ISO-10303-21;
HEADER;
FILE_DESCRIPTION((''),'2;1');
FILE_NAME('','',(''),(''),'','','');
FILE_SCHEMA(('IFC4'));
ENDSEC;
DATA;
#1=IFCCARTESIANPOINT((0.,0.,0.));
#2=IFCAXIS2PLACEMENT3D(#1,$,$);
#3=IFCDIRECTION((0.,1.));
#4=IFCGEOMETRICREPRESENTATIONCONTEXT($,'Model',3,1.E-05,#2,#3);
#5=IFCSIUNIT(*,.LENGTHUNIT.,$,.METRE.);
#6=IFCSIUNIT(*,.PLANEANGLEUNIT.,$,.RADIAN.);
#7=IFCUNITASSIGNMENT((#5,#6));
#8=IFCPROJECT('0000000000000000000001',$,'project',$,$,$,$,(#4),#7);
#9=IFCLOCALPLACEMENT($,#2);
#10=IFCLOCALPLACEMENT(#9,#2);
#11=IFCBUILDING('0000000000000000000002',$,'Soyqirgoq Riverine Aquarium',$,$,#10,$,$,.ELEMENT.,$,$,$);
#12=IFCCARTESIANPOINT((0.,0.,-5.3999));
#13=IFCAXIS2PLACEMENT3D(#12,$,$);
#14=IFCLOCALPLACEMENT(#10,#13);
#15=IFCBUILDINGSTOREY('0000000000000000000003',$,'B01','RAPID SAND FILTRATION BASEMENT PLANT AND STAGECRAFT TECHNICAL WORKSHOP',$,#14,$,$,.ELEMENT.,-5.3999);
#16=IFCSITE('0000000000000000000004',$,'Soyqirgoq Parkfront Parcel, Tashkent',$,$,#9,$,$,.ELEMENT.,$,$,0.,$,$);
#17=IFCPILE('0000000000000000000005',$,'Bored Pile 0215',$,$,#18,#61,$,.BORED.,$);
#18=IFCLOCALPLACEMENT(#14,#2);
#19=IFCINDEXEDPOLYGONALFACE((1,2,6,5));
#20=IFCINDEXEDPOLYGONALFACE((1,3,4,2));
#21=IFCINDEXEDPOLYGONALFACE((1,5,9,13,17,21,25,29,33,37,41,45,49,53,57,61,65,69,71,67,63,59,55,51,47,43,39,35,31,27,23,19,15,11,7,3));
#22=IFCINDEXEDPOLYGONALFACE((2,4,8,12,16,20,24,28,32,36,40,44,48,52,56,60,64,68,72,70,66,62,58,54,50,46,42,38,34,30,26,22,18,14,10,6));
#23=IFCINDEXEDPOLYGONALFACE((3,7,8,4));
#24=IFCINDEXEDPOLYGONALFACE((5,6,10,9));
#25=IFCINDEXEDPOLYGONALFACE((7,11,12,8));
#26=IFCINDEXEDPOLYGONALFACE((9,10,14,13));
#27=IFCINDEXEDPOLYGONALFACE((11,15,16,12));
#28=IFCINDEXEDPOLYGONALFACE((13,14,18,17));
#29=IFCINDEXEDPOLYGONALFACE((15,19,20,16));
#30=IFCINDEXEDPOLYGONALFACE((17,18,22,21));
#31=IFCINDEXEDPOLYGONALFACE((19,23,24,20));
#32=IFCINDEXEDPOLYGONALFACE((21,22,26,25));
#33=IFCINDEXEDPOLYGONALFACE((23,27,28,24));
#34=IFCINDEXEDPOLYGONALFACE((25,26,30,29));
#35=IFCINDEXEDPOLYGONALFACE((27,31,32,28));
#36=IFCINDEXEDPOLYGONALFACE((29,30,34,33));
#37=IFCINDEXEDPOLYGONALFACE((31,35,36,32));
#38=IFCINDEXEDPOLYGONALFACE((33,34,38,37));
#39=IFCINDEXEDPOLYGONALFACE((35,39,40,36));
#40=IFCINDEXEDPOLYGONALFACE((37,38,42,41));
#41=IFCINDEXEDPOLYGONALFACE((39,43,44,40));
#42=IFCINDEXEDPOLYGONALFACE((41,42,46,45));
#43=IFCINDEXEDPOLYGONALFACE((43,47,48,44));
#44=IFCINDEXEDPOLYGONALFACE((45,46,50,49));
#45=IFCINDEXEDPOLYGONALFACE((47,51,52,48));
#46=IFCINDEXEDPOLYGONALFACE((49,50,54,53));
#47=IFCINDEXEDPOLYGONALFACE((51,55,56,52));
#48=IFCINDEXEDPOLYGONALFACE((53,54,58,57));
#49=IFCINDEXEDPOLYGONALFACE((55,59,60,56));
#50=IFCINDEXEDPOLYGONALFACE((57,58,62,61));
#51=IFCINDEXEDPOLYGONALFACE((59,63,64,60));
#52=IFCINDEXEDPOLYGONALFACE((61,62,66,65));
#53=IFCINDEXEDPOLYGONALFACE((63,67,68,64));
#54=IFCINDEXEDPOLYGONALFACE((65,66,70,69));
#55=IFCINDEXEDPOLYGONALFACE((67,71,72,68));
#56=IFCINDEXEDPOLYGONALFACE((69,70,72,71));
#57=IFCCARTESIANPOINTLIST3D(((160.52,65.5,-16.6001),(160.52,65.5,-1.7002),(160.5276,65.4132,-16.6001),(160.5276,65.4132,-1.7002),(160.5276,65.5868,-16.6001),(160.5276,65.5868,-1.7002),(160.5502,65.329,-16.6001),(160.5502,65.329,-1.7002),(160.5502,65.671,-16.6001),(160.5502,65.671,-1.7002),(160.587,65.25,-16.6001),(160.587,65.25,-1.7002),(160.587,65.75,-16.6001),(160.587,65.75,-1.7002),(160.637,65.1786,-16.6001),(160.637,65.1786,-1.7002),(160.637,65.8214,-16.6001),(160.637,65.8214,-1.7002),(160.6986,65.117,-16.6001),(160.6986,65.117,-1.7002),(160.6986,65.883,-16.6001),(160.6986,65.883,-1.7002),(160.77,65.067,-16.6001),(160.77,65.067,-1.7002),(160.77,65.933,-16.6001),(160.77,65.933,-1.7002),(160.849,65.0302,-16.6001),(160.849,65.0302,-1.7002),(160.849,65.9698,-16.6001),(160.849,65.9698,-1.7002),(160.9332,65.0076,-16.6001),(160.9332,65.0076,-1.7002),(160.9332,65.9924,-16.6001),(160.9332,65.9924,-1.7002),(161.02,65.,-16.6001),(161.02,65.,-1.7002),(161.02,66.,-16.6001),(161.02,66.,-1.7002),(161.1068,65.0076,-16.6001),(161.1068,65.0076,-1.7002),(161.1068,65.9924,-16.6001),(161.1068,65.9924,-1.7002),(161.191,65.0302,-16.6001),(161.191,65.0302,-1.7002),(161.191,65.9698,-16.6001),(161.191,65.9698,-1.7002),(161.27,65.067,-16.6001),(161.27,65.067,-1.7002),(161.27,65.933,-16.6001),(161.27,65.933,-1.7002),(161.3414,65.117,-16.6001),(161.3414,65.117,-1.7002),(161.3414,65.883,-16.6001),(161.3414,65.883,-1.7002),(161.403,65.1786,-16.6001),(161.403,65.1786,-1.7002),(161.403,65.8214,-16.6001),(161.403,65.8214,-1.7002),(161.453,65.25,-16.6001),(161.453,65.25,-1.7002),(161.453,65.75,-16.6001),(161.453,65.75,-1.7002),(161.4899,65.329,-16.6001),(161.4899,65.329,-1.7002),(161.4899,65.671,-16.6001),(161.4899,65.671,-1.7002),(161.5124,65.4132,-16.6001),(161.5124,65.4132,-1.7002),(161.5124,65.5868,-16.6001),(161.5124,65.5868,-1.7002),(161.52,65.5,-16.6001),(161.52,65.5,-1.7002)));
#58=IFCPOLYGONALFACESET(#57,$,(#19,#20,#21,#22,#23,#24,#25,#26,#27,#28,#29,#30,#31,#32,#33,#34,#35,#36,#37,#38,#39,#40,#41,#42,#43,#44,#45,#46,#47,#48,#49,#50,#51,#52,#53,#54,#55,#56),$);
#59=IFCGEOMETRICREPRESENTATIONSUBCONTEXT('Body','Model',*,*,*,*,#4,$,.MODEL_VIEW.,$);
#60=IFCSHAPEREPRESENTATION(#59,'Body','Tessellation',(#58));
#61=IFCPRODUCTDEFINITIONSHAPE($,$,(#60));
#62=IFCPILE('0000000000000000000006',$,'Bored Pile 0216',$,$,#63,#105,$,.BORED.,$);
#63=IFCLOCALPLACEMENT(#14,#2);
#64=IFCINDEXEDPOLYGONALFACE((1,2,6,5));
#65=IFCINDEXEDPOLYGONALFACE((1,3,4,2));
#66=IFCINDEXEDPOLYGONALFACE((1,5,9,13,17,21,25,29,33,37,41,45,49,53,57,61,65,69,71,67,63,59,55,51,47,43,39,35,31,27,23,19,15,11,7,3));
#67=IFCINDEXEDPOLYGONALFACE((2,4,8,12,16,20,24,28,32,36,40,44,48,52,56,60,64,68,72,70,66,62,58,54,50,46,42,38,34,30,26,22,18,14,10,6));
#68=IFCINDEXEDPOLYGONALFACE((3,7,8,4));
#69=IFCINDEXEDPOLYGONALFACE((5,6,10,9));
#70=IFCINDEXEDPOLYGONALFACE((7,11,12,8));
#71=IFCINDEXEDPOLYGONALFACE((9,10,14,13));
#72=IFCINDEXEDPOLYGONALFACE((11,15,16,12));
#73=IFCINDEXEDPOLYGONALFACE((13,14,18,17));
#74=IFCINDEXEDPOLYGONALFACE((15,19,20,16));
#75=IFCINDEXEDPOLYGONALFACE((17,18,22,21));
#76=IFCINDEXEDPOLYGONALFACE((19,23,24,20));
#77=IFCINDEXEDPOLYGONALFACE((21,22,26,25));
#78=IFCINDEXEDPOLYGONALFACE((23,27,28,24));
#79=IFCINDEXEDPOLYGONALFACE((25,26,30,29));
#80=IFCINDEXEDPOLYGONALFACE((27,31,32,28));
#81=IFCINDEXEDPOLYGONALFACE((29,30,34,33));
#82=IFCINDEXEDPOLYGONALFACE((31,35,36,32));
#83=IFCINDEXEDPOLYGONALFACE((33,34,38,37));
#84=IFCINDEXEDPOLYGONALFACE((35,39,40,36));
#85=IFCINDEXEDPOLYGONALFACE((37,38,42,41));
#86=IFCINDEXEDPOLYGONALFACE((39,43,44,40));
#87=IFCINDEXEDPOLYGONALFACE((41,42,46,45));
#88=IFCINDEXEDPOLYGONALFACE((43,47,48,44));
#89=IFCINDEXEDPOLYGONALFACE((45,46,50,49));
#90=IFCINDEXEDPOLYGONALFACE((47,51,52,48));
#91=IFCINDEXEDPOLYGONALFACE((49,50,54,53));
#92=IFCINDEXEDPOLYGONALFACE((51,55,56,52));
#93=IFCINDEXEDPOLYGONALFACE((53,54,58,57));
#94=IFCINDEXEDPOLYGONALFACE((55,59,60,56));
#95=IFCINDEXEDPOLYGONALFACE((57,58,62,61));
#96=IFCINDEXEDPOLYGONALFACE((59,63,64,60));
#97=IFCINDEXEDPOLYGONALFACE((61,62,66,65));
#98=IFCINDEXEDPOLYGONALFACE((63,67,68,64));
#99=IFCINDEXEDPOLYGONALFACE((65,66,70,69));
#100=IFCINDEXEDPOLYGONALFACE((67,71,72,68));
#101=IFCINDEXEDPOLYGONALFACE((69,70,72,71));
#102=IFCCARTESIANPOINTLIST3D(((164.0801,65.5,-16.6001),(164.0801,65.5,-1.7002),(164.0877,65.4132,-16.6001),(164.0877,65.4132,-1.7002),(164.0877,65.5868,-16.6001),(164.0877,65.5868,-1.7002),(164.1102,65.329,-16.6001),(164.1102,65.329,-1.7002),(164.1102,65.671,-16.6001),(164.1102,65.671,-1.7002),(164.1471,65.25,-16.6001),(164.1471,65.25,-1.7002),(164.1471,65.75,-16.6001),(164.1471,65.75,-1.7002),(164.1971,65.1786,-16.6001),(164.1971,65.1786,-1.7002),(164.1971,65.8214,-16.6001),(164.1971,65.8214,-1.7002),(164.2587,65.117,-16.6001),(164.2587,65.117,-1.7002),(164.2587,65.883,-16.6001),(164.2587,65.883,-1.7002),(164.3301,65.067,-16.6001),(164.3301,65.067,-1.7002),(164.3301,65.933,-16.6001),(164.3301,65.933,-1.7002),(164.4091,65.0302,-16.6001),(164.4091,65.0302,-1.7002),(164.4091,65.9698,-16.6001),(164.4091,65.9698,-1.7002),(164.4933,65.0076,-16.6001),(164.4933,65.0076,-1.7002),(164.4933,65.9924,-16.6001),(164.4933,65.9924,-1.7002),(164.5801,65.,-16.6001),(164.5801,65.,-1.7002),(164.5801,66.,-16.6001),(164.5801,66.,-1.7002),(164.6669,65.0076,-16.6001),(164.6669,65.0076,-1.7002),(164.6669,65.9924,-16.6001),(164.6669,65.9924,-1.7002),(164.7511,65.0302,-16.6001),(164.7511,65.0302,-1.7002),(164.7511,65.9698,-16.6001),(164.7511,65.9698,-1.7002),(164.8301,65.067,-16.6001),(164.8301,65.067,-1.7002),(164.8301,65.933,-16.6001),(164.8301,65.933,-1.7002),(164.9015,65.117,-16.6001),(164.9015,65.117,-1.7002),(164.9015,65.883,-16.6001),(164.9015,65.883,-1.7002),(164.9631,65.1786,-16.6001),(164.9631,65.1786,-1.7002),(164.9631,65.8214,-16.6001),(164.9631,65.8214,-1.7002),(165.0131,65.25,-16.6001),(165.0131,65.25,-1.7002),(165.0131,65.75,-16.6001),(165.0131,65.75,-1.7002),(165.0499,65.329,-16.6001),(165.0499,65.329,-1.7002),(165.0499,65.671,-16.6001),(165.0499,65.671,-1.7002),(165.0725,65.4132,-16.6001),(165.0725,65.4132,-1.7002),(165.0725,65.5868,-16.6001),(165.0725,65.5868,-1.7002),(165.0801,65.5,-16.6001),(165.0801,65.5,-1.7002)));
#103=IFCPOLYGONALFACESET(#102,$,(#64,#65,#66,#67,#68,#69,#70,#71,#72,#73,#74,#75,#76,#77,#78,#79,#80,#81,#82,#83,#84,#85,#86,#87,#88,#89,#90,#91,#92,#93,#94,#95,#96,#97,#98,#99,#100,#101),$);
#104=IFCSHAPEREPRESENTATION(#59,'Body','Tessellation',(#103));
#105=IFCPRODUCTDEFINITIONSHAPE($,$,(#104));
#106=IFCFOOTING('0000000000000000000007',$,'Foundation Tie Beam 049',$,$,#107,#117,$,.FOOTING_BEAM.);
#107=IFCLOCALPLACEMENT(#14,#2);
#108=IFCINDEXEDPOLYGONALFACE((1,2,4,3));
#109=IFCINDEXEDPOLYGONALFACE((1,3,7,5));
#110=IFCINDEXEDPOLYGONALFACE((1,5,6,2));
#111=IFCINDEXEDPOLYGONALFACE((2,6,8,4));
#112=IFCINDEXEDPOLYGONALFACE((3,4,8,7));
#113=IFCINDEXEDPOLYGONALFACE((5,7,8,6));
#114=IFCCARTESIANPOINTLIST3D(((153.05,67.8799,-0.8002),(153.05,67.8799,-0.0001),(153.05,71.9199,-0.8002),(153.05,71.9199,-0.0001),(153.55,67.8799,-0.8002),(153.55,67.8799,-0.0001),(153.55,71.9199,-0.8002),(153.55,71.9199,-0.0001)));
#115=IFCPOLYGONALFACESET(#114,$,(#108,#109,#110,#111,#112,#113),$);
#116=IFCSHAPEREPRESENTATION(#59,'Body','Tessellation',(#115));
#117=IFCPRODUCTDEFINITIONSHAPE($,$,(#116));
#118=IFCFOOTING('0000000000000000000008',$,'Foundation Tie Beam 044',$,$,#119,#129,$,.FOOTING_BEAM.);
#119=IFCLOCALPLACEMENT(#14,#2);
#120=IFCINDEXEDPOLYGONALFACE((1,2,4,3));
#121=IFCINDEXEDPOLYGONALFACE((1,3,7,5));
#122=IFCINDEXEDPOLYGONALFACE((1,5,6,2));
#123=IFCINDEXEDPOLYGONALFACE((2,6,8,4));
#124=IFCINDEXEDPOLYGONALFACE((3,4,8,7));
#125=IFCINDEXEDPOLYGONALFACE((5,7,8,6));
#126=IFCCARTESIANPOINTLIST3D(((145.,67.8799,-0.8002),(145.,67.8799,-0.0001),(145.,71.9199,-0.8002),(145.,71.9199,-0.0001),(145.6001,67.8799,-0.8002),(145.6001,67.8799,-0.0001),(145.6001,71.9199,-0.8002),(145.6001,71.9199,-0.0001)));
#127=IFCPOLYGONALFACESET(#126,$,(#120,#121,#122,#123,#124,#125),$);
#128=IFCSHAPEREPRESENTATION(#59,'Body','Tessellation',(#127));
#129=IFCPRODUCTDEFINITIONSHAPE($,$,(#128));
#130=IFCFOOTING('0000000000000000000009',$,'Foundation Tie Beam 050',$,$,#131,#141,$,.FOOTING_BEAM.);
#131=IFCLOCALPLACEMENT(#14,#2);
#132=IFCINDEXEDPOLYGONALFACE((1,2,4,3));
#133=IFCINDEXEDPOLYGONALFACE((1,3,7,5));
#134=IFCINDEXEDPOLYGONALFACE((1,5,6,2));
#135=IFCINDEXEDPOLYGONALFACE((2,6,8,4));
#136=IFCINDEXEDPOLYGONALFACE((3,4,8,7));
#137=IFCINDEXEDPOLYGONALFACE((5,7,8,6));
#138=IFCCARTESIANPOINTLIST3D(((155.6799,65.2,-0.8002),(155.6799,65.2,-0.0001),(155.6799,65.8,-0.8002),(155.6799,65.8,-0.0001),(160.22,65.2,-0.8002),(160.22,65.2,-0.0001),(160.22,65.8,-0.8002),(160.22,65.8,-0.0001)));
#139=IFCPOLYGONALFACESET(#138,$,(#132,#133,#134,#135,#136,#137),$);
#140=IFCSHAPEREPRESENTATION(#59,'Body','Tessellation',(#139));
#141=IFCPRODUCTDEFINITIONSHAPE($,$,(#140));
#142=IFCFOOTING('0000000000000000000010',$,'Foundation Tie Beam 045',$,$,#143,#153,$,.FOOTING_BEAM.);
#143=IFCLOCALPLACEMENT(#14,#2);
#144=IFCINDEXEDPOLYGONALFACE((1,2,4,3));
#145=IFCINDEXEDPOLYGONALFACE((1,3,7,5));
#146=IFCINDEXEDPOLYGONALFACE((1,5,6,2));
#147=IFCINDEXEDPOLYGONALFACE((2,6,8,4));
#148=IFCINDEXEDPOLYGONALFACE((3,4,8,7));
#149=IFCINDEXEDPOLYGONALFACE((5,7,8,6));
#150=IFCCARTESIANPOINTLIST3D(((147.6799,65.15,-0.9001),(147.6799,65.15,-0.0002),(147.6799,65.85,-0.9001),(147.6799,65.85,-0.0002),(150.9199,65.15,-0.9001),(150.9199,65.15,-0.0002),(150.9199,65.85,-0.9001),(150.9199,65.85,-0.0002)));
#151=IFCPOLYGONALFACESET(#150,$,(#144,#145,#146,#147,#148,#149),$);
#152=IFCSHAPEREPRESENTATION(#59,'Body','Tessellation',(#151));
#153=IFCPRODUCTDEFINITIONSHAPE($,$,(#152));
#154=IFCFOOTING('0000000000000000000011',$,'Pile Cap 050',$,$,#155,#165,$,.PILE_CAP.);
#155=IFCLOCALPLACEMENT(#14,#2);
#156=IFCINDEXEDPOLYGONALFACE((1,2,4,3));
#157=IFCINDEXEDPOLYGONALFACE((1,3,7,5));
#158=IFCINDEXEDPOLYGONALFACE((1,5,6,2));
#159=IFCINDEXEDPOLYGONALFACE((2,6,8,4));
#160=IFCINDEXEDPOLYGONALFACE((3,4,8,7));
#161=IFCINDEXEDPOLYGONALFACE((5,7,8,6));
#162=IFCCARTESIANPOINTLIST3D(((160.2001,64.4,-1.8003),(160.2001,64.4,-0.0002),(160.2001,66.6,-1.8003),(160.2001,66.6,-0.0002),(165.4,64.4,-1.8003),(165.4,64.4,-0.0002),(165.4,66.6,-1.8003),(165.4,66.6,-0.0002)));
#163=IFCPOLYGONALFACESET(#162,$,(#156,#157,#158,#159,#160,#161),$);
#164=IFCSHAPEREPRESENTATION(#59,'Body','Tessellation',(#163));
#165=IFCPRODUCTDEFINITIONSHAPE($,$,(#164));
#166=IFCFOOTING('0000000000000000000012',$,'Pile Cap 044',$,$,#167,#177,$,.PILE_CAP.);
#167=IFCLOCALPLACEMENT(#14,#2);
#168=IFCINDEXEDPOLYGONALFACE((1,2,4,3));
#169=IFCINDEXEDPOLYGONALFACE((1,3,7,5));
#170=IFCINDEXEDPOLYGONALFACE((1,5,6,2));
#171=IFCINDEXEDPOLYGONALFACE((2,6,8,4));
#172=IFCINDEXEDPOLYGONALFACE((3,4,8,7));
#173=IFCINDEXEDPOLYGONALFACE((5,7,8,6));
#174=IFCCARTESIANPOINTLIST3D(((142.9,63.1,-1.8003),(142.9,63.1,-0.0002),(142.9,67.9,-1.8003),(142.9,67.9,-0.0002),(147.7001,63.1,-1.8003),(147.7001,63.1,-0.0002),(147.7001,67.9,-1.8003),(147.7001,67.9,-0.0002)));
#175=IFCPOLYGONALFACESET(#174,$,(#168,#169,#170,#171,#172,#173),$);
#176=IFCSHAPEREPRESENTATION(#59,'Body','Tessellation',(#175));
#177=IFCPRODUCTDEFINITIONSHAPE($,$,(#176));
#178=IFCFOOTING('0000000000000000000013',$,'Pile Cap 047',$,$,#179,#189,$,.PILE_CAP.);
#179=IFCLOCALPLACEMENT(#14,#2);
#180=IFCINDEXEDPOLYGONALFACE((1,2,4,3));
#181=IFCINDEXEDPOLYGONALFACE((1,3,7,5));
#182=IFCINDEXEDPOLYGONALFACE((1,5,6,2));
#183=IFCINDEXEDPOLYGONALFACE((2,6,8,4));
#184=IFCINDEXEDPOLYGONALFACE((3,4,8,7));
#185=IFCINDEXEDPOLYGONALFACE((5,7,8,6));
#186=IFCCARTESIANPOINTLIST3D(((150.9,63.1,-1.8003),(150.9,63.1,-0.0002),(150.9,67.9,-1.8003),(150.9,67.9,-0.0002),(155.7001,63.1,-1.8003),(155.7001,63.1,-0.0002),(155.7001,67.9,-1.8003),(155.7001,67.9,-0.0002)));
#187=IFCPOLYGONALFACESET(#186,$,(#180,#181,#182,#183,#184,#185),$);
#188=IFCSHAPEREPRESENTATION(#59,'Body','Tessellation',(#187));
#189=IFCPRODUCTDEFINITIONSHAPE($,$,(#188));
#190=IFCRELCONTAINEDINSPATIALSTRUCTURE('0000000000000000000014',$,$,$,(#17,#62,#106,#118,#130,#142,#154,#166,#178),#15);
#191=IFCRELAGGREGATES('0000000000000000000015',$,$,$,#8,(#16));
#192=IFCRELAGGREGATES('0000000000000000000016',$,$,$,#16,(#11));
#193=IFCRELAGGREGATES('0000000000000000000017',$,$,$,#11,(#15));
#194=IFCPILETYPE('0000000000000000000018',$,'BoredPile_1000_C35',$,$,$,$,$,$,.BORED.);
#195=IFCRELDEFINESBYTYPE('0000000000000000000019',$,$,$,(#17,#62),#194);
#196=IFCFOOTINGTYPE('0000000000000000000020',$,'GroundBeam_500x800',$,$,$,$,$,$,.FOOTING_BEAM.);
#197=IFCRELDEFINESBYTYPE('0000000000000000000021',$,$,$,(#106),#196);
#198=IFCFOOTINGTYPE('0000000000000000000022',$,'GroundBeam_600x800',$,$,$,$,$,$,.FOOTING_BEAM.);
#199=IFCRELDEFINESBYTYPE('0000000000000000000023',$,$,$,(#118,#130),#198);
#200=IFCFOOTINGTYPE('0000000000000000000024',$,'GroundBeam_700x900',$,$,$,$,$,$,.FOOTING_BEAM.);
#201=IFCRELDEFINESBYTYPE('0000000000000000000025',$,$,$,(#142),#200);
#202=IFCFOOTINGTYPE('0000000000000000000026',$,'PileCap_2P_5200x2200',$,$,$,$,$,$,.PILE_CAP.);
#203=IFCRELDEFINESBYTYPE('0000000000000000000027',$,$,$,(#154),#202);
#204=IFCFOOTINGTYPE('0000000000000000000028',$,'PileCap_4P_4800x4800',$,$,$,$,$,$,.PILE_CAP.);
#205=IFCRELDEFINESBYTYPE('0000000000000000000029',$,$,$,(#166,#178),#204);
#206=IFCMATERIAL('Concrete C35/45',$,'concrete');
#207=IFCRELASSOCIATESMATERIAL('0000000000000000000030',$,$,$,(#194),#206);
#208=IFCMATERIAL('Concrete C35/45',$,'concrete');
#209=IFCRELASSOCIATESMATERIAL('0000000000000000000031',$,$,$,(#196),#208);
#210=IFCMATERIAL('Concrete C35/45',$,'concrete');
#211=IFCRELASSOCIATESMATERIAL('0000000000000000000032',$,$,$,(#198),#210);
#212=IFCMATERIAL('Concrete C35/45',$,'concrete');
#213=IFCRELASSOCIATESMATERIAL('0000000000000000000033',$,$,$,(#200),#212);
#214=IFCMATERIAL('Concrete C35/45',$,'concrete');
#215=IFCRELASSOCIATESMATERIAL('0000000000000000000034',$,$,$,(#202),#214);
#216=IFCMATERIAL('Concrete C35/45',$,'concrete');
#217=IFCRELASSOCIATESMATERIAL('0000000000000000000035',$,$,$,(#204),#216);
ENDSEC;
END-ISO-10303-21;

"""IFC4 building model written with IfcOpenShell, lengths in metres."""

from ifc_helpers import new_model, si_unit, direction, frame, origin, origin_2d, place, context, subcontext, project, spatial, rectangle, circle, extrude, material, material_profile, profile_set, type_object, element, save


model = new_model("IFC4")

# Units and contexts
model_context = context("Model", 3, precision=1e-05, world=origin(), true_north=direction((0.0, 1.0)))
body_context = subcontext(model_context, "Body", "Model", "MODEL_VIEW")
ifc_project = project(units=[si_unit("LENGTHUNIT", "METRE"), si_unit("PLANEANGLEUNIT", "RADIAN")], contexts=[model_context])

# Site, building, storey
site_placement = place(None, origin())
site = spatial("IfcSite", under=ifc_project, at=site_placement, Name="Soyqirgoq Parkfront Parcel, Tashkent", CompositionType="ELEMENT", RefElevation=0.0)
building_placement = place(site_placement, origin())
building = spatial("IfcBuilding", under=site, at=building_placement, Name="Soyqirgoq Riverine Aquarium", CompositionType="ELEMENT")
storey_placement = place(building_placement, frame((0.0, 0.0, -5.3999)))
storey = spatial("IfcBuildingStorey", under=building, at=storey_placement, Name="B01", Description="RAPID SAND FILTRATION BASEMENT PLANT AND STAGECRAFT TECHNICAL WORKSHOP", CompositionType="ELEMENT", Elevation=-5.3999)

# Piles
ifc_material_1 = material(Name="Concrete C35/45", Category="concrete")
ifc_material_profile_1 = material_profile(ifc_material_1, circle(Radius=0.5, at=origin_2d()), Name="BP D1000")
ifc_profile_set_1 = profile_set([ifc_material_profile_1], Name="Concrete C35/45")
pile_type = type_object("IfcPileType", Name="BoredPile_1000_C35", PredefinedType="BORED", material=ifc_profile_set_1)
for number, where, z_axis, x_axis, name in (
    (1, (161.02, 65.5, -1.7002), (0.0, 0.0, -1.0), (1.0, 0.0, 0.0), "Bored Pile 0215"),
    (2, (164.5801, 65.5, -1.7002), (0.0, 0.0, -1.0), (1.0, 0.0, 0.0), "Bored Pile 0216"),
):
    element("IfcPile", number, at=place(storey_placement, frame(where, z_axis=z_axis, x_axis=x_axis)), inside=storey, type_object=pile_type, Name=name, PredefinedType="BORED", context=body_context, shape_type="SweptSolid", body=[
        extrude(circle(Radius=0.5, at=origin_2d()), origin(), (0.0, 0.0, 1.0), 14.8999),
    ])

# Footings
ifc_material_2 = material(Name="Concrete C35/45", Category="concrete")
ifc_material_profile_2 = material_profile(ifc_material_2, rectangle(XDim=0.5, YDim=0.8, at=origin_2d()), Name="RC 500x800")
ifc_profile_set_2 = profile_set([ifc_material_profile_2], Name="Concrete C35/45")
footing_type_1 = type_object("IfcFootingType", Name="GroundBeam_500x800", PredefinedType="FOOTING_BEAM", material=ifc_profile_set_2)
footing_1_placement = place(storey_placement, frame((153.3, 67.8799, -0.4001), z_axis=(0.0, 1.0, 0.0), x_axis=(-1.0, 0.0, 0.0)))
element("IfcFooting", 3, at=footing_1_placement, inside=storey, type_object=footing_type_1, Name="Foundation Tie Beam 049", PredefinedType="FOOTING_BEAM", context=body_context, shape_type="SweptSolid", body=[
    extrude(rectangle(XDim=0.5, YDim=0.8, at=origin_2d()), origin(), (0.0, 0.0, 1.0), 4.04),
])
ifc_material_3 = material(Name="Concrete C35/45", Category="concrete")
ifc_material_profile_3 = material_profile(ifc_material_3, rectangle(XDim=0.6001, YDim=0.8, at=origin_2d()), Name="RC 600x800")
ifc_profile_set_3 = profile_set([ifc_material_profile_3], Name="Concrete C35/45")
footing_type_2 = type_object("IfcFootingType", Name="GroundBeam_600x800", PredefinedType="FOOTING_BEAM", material=ifc_profile_set_3)
footing_2_placement = place(storey_placement, frame((145.3, 67.8799, -0.4001), z_axis=(0.0, 1.0, 0.0), x_axis=(-1.0, 0.0, 0.0)))
element("IfcFooting", 4, at=footing_2_placement, inside=storey, type_object=footing_type_2, Name="Foundation Tie Beam 044", PredefinedType="FOOTING_BEAM", context=body_context, shape_type="SweptSolid", body=[
    extrude(rectangle(XDim=0.6001, YDim=0.8, at=origin_2d()), origin(), (0.0, 0.0, 1.0), 4.04),
])
footing_3_placement = place(storey_placement, frame((155.6799, 65.5, -0.4001), z_axis=(1.0, 0.0, 0.0), x_axis=(0.0, 1.0, 0.0)))
element("IfcFooting", 5, at=footing_3_placement, inside=storey, type_object=footing_type_2, Name="Foundation Tie Beam 050", PredefinedType="FOOTING_BEAM", context=body_context, shape_type="SweptSolid", body=[
    extrude(rectangle(XDim=0.6001, YDim=0.8, at=origin_2d()), origin(), (0.0, 0.0, 1.0), 4.54),
])
ifc_material_4 = material(Name="Concrete C35/45", Category="concrete")
ifc_material_profile_4 = material_profile(ifc_material_4, rectangle(XDim=0.7, YDim=0.8999, at=origin_2d()), Name="RC 700x900")
ifc_profile_set_4 = profile_set([ifc_material_profile_4], Name="Concrete C35/45")
footing_type_3 = type_object("IfcFootingType", Name="GroundBeam_700x900", PredefinedType="FOOTING_BEAM", material=ifc_profile_set_4)
footing_4_placement = place(storey_placement, frame((147.6799, 65.5, -0.4502), z_axis=(1.0, 0.0, 0.0), x_axis=(0.0, 1.0, 0.0)))
element("IfcFooting", 6, at=footing_4_placement, inside=storey, type_object=footing_type_3, Name="Foundation Tie Beam 045", PredefinedType="FOOTING_BEAM", context=body_context, shape_type="SweptSolid", body=[
    extrude(rectangle(XDim=0.7, YDim=0.8999, at=origin_2d()), origin(), (0.0, 0.0, 1.0), 3.24),
])
ifc_material_5 = material(Name="Concrete C35/45", Category="concrete")
footing_type_4 = type_object("IfcFootingType", Name="PileCap_2P_5200x2200", PredefinedType="PILE_CAP", material=ifc_material_5)
footing_5_placement = place(storey_placement, frame((162.8, 65.5, -1.8003), z_axis=(0.0, 0.0, 1.0), x_axis=(1.0, 0.0, 0.0)))
element("IfcFooting", 7, at=footing_5_placement, inside=storey, type_object=footing_type_4, Name="Pile Cap 050", PredefinedType="PILE_CAP", context=body_context, shape_type="SweptSolid", body=[
    extrude(rectangle(XDim=5.2, YDim=2.2, at=origin_2d()), origin(), (0.0, 0.0, 1.0), 1.8),
])
ifc_material_6 = material(Name="Concrete C35/45", Category="concrete")
footing_type_5 = type_object("IfcFootingType", Name="PileCap_4P_4800x4800", PredefinedType="PILE_CAP", material=ifc_material_6)
for number, where, z_axis, x_axis, name in (
    (8, (145.3, 65.5, -1.8003), (0.0, 0.0, 1.0), (1.0, 0.0, 0.0), "Pile Cap 044"),
    (9, (153.3, 65.5, -1.8003), (0.0, 0.0, 1.0), (1.0, 0.0, 0.0), "Pile Cap 047"),
):
    element("IfcFooting", number, at=place(storey_placement, frame(where, z_axis=z_axis, x_axis=x_axis)), inside=storey, type_object=footing_type_5, Name=name, PredefinedType="PILE_CAP", context=body_context, shape_type="SweptSolid", body=[
        extrude(rectangle(XDim=4.8, YDim=4.8, at=origin_2d()), origin(), (0.0, 0.0, 1.0), 1.8),
    ])

save(model, "model.ifc")
